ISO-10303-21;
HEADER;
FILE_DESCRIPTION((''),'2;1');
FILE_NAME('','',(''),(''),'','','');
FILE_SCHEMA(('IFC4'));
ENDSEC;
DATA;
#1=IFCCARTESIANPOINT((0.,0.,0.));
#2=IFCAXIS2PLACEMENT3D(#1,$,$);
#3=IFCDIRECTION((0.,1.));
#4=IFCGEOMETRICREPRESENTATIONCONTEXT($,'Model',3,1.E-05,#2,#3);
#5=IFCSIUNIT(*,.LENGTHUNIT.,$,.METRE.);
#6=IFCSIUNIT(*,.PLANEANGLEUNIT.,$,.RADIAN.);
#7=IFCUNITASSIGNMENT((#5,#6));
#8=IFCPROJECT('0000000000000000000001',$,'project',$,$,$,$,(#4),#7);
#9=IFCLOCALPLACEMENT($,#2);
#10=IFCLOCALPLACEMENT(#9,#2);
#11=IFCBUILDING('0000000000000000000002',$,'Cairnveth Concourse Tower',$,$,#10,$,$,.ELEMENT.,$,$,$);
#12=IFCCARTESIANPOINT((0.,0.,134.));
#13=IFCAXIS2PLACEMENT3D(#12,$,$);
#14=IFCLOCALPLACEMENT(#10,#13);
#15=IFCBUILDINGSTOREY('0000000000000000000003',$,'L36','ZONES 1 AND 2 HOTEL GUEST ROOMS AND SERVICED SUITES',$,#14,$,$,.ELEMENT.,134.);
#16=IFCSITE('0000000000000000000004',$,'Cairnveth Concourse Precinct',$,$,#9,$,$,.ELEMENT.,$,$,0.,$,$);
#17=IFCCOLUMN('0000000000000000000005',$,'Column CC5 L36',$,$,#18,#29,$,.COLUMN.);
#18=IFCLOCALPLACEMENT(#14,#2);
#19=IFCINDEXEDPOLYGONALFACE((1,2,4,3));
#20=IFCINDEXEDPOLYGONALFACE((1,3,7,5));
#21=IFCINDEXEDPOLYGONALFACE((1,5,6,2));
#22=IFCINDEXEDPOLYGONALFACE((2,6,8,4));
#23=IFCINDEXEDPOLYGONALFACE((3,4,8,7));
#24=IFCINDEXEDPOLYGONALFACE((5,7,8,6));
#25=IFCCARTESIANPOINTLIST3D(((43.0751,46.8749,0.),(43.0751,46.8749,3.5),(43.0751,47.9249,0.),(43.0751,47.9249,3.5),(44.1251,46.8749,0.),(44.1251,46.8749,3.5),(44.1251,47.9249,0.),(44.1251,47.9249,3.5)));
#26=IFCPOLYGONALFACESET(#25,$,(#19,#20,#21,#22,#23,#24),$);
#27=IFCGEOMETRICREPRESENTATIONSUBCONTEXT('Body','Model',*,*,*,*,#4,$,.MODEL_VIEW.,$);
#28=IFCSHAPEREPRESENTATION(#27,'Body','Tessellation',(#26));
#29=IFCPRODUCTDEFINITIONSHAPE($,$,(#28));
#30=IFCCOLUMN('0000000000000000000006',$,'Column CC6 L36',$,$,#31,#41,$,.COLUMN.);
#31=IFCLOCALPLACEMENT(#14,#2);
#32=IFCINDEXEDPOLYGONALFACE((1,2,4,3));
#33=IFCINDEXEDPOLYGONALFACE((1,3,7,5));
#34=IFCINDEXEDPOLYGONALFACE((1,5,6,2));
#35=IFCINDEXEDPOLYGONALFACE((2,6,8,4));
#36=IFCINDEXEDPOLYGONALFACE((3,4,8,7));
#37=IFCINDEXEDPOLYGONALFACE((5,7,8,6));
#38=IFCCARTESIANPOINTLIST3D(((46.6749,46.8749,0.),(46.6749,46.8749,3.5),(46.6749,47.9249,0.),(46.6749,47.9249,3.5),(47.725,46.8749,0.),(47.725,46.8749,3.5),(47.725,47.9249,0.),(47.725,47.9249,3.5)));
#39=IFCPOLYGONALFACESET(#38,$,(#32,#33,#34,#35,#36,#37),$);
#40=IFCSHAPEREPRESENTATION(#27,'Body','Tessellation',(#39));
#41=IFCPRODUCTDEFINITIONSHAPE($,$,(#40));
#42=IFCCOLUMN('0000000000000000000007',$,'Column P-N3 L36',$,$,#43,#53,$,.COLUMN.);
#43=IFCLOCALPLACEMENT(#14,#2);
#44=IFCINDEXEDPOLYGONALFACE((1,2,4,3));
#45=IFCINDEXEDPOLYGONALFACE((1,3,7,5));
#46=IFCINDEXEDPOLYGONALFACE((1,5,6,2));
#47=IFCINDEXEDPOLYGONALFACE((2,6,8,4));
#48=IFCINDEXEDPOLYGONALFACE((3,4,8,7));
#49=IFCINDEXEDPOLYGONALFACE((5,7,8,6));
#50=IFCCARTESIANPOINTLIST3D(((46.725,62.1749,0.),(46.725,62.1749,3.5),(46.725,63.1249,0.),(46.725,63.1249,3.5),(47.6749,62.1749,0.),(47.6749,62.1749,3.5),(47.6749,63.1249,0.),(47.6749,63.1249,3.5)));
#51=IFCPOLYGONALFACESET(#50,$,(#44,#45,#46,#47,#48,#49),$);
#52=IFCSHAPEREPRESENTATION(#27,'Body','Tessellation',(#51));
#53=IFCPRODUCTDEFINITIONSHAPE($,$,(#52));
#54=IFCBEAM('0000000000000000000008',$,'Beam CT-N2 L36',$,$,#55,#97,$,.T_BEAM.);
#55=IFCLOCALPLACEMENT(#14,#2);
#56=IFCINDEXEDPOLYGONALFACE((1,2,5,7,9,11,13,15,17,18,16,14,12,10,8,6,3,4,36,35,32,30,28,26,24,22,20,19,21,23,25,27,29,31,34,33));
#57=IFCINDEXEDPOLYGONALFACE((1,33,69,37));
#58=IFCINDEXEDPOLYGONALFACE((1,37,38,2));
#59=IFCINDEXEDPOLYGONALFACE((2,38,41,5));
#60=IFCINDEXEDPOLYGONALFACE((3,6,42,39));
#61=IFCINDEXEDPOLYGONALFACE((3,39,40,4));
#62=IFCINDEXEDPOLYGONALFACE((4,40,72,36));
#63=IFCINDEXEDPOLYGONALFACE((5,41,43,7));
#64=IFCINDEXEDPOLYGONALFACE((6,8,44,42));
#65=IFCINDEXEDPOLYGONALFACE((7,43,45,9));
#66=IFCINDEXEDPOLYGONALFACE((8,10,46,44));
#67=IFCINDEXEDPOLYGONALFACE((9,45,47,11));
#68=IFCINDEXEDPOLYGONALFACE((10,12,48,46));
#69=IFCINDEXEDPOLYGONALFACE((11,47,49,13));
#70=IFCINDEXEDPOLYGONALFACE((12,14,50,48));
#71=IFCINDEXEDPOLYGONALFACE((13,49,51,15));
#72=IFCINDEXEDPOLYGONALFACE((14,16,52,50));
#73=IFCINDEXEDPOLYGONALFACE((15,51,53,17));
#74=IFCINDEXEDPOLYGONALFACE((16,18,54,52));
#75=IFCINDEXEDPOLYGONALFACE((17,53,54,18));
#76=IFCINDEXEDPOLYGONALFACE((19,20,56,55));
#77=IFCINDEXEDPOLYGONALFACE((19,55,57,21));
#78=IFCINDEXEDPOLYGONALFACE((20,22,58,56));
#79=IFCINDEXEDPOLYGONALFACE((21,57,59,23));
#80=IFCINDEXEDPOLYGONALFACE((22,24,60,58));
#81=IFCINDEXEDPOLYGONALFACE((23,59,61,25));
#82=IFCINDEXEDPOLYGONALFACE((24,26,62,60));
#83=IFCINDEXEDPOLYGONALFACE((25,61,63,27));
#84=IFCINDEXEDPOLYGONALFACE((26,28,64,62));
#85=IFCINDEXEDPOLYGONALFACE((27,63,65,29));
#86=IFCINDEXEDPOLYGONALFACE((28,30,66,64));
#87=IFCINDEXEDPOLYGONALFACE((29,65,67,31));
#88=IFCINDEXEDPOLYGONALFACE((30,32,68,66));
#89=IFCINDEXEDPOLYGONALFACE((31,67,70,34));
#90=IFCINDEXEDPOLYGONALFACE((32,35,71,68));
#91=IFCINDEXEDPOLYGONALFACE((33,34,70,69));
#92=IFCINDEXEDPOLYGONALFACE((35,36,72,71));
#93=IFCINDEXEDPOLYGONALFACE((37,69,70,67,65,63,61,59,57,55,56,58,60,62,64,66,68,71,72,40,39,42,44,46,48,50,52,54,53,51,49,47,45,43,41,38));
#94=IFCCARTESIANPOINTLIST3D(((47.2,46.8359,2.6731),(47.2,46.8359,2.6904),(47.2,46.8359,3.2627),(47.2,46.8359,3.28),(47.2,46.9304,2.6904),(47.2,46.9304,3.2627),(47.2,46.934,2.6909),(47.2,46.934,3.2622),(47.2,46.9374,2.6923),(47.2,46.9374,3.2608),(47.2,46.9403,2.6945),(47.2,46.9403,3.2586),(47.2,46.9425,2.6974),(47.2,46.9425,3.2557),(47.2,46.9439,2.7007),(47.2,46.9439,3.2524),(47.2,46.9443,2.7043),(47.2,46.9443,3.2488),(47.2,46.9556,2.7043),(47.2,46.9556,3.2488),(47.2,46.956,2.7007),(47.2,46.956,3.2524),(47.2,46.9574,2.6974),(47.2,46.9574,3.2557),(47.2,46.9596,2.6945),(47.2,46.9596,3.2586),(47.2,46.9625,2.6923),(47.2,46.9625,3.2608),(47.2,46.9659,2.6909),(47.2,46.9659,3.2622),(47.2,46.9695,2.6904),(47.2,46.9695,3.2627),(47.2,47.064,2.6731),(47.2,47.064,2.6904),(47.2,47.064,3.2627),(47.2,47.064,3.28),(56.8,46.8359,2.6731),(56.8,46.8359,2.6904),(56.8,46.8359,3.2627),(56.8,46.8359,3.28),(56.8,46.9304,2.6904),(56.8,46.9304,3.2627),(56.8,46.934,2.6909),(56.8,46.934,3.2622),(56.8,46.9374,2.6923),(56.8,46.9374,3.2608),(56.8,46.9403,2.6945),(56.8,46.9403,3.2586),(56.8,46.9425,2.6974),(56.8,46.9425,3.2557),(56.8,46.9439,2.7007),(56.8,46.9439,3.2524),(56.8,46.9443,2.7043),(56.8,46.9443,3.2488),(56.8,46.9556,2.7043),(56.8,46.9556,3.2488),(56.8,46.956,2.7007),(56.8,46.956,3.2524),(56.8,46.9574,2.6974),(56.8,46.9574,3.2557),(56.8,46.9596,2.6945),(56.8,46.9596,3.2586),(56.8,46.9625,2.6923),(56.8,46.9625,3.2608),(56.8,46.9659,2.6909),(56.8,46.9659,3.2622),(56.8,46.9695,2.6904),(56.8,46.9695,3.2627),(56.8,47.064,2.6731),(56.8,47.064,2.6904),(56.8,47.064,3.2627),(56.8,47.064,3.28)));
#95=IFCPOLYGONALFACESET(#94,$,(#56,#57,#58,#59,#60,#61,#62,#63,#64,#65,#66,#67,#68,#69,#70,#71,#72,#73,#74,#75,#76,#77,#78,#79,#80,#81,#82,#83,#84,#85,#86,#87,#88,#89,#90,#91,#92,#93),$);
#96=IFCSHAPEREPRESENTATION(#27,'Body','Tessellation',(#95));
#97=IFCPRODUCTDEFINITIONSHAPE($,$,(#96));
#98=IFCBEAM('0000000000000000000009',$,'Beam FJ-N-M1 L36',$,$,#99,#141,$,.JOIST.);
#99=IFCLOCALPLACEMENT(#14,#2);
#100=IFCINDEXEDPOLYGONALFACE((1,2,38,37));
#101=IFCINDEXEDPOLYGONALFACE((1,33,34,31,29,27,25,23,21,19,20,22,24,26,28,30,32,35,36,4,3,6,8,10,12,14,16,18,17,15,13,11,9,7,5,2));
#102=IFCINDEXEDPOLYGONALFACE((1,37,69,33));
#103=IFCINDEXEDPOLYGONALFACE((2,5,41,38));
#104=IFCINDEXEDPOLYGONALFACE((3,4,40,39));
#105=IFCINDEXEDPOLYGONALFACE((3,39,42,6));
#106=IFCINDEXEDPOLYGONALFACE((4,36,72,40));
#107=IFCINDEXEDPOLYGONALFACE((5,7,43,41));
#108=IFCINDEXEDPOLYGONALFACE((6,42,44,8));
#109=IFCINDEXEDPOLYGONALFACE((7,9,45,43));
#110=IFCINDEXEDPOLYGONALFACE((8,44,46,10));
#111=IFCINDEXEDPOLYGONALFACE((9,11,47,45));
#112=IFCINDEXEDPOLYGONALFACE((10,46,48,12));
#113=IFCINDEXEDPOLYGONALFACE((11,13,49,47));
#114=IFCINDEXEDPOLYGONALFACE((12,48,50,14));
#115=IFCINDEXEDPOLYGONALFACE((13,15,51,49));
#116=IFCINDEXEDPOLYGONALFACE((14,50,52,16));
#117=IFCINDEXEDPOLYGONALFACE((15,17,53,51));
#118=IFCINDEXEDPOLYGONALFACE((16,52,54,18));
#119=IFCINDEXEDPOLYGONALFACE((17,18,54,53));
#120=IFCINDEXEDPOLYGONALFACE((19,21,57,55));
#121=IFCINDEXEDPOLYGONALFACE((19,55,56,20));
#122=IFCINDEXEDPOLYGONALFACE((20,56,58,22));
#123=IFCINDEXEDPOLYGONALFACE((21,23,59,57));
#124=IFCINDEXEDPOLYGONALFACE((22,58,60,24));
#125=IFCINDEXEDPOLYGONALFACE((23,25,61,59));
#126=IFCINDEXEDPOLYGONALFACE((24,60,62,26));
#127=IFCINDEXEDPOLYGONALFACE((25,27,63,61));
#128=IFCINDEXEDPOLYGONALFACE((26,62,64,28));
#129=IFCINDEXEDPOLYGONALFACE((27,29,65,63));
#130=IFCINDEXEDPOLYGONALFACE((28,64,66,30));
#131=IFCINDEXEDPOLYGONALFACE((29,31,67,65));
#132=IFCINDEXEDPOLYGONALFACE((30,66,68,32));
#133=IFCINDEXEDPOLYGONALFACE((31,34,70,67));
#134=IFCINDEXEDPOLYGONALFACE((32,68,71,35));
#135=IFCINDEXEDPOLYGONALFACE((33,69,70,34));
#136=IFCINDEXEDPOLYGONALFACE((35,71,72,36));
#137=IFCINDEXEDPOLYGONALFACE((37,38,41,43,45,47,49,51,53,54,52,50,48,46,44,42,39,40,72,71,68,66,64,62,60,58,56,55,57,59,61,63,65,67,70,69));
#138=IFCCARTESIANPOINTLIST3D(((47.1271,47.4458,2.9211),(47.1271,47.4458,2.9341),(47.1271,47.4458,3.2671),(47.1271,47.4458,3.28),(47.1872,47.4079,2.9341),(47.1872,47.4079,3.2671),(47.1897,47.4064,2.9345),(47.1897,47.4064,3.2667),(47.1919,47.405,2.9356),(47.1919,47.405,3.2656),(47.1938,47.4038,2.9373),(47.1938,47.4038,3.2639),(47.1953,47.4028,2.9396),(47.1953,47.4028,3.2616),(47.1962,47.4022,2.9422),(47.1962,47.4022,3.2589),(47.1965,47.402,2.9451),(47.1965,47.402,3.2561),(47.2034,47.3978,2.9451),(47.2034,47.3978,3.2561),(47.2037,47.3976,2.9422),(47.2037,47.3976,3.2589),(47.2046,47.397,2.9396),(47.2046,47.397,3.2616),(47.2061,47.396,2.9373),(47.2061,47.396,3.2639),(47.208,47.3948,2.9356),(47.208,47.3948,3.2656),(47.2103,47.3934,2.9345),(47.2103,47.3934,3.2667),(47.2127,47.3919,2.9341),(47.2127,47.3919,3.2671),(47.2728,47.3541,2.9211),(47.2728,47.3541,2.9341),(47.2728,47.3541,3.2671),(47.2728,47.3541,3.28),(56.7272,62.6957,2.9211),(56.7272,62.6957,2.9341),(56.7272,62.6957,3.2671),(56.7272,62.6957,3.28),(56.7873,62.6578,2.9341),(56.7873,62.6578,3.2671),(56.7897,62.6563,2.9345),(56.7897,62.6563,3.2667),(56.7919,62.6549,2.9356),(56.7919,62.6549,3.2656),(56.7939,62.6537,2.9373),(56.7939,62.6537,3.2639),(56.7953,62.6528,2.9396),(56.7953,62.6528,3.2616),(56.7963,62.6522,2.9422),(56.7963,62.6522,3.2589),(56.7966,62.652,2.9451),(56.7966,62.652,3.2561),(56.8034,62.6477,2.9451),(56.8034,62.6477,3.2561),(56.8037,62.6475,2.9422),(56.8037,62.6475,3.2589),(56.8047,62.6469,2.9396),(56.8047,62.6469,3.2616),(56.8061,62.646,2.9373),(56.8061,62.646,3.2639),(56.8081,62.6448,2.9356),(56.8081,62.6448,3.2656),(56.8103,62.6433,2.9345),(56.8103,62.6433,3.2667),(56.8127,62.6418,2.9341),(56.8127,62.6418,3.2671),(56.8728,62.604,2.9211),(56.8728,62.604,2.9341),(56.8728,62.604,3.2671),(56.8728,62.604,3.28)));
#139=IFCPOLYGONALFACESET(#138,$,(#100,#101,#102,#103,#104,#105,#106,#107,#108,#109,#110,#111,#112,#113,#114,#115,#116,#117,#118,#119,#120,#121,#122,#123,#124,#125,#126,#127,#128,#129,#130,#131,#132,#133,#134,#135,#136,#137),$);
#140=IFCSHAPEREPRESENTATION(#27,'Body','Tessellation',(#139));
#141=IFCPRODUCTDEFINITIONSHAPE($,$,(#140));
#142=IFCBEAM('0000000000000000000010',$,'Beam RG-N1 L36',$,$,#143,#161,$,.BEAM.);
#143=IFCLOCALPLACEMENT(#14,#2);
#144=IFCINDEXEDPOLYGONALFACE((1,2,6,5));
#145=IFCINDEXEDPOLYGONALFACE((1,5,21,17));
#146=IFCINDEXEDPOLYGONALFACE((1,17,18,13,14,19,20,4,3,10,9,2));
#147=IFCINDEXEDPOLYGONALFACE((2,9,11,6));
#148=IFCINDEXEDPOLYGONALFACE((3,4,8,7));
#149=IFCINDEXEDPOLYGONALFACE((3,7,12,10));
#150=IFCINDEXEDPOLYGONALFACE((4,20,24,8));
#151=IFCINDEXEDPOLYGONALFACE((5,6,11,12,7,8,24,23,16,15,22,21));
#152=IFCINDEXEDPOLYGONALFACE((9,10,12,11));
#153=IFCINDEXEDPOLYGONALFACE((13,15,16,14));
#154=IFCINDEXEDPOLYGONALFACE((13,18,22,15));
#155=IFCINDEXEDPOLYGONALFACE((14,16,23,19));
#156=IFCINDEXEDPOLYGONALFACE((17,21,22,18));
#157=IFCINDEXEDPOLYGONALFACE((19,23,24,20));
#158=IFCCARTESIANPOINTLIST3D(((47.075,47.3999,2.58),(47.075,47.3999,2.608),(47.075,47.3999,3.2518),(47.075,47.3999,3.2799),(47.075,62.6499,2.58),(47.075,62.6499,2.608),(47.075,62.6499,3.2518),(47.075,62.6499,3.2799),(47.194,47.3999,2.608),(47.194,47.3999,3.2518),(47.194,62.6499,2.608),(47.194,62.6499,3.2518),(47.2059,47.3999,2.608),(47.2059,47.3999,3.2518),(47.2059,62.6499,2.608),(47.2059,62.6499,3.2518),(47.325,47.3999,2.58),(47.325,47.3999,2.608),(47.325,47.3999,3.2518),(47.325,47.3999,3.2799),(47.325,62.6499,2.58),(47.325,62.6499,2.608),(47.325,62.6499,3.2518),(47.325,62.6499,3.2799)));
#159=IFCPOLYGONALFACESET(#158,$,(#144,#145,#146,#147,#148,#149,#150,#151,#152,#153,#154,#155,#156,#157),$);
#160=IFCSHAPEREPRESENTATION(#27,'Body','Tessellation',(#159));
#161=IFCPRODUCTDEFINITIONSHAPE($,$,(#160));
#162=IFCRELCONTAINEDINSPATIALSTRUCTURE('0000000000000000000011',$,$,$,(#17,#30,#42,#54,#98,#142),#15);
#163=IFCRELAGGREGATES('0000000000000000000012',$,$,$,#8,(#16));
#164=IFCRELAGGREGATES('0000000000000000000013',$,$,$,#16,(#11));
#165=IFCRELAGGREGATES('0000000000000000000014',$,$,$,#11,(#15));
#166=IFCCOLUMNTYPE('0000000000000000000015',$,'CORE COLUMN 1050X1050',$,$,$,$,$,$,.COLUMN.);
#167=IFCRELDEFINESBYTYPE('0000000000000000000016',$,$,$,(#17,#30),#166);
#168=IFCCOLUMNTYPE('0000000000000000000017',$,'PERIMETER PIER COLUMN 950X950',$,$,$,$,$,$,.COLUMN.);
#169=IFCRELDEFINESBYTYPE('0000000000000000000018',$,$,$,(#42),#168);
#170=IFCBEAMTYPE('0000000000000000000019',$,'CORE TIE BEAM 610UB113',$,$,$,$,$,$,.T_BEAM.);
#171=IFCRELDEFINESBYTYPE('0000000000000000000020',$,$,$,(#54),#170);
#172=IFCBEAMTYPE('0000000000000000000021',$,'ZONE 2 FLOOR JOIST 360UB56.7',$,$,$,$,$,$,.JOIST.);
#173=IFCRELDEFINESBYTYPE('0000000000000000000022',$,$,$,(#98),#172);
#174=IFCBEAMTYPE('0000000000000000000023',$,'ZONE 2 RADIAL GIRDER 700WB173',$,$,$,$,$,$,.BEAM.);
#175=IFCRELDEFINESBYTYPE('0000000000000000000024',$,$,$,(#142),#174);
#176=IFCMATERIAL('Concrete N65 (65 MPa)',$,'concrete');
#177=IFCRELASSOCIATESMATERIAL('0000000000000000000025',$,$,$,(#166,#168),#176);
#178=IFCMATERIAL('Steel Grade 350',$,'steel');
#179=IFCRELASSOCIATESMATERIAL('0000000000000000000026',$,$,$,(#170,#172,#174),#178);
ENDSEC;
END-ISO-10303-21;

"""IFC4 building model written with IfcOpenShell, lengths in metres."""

from ifc_helpers import new_model, si_unit, direction, frame, origin, origin_2d, place, context, subcontext, project, spatial, rectangle, i_section, extrude, material, material_profile, profile_set, type_object, element, save


model = new_model("IFC4")

# Units and contexts
model_context = context("Model", 3, precision=1e-05, world=origin(), true_north=direction((0.0, 1.0)))
body_context = subcontext(model_context, "Body", "Model", "MODEL_VIEW")
ifc_project = project(units=[si_unit("LENGTHUNIT", "METRE"), si_unit("PLANEANGLEUNIT", "RADIAN")], contexts=[model_context])

# Site, building, storey
site_placement = place(None, origin())
site = spatial("IfcSite", under=ifc_project, at=site_placement, Name="Cairnveth Concourse Precinct", CompositionType="ELEMENT", RefElevation=0.0)
building_placement = place(site_placement, origin())
building = spatial("IfcBuilding", under=site, at=building_placement, Name="Cairnveth Concourse Tower", CompositionType="ELEMENT")
storey_placement = place(building_placement, frame((0.0, 0.0, 134.0)))
storey = spatial("IfcBuildingStorey", under=building, at=storey_placement, Name="L36", Description="ZONES 1 AND 2 HOTEL GUEST ROOMS AND SERVICED SUITES", CompositionType="ELEMENT", Elevation=134.0)

# Columns
ifc_material_1 = material(Name="Concrete N65 (65 MPa)", Category="concrete")
ifc_material_profile_1 = material_profile(ifc_material_1, rectangle(XDim=1.05, YDim=1.05, at=origin_2d()), Name="RC-COL-1050x1050")
ifc_profile_set_1 = profile_set([ifc_material_profile_1], Name="Concrete N65 (65 MPa)")
column_type_1 = type_object("IfcColumnType", Name="CORE COLUMN 1050X1050", PredefinedType="COLUMN", material=ifc_profile_set_1)
for number, where, z_axis, x_axis, name in (
    (1, (43.6001, 47.3999, 0.0), (0.0, 0.0, 1.0), (1.0, 0.0, 0.0), "Column CC5 L36"),
    (2, (47.2, 47.3999, 0.0), (0.0, 0.0, 1.0), (1.0, 0.0, 0.0), "Column CC6 L36"),
):
    element("IfcColumn", number, at=place(storey_placement, frame(where, z_axis=z_axis, x_axis=x_axis)), inside=storey, type_object=column_type_1, Name=name, PredefinedType="COLUMN", context=body_context, shape_type="SweptSolid", body=[
        extrude(rectangle(XDim=1.05, YDim=1.05, at=origin_2d()), origin(), (0.0, 0.0, 1.0), 3.5),
    ])
ifc_material_profile_2 = material_profile(ifc_material_1, rectangle(XDim=0.95, YDim=0.95, at=origin_2d()), Name="RC-COL-950x950")
ifc_profile_set_2 = profile_set([ifc_material_profile_2], Name="Concrete N65 (65 MPa)")
column_type_2 = type_object("IfcColumnType", Name="PERIMETER PIER COLUMN 950X950", PredefinedType="COLUMN", material=ifc_profile_set_2)
column_placement = place(storey_placement, frame((47.2, 62.6499, 0.0), z_axis=(0.0, 0.0, 1.0), x_axis=(1.0, 0.0, 0.0)))
element("IfcColumn", 3, at=column_placement, inside=storey, type_object=column_type_2, Name="Column P-N3 L36", PredefinedType="COLUMN", context=body_context, shape_type="SweptSolid", body=[
    extrude(rectangle(XDim=0.95, YDim=0.95, at=origin_2d()), origin(), (0.0, 0.0, 1.0), 3.5),
])

# Beams
ifc_material_2 = material(Name="Steel Grade 350", Category="steel")
ifc_material_profile_3 = material_profile(ifc_material_2, i_section(OverallWidth=0.228, OverallDepth=0.6069, WebThickness=0.0112, FlangeThickness=0.0173, FilletRadius=0.0139, at=origin_2d()), Name="610UB113")
ifc_profile_set_3 = profile_set([ifc_material_profile_3], Name="Steel Grade 350")
beam_type_1 = type_object("IfcBeamType", Name="CORE TIE BEAM 610UB113", PredefinedType="T_BEAM", material=ifc_profile_set_3)
beam_1_placement = place(storey_placement, frame((47.2, 46.95, 2.9766), z_axis=(1.0, 0.0, 0.0), x_axis=(0.0, 1.0, 0.0)))
element("IfcBeam", 4, at=beam_1_placement, inside=storey, type_object=beam_type_1, Name="Beam CT-N2 L36", PredefinedType="T_BEAM", context=body_context, shape_type="SweptSolid", body=[
    extrude(i_section(OverallWidth=0.228, OverallDepth=0.6069, WebThickness=0.0112, FlangeThickness=0.0173, FilletRadius=0.0139, at=origin_2d()), origin(), (0.0, 0.0, 1.0), 9.6001),
])
ifc_material_profile_4 = material_profile(ifc_material_2, i_section(OverallWidth=0.1721, OverallDepth=0.3589, WebThickness=0.0081, FlangeThickness=0.0129, FilletRadius=0.011, at=origin_2d()), Name="360UB56.7")
ifc_profile_set_4 = profile_set([ifc_material_profile_4], Name="Steel Grade 350")
beam_type_2 = type_object("IfcBeamType", Name="ZONE 2 FLOOR JOIST 360UB56.7", PredefinedType="JOIST", material=ifc_profile_set_4)
beam_2_placement = place(storey_placement, frame((47.2, 47.3999, 3.1006), z_axis=(0.532744, 0.846277, 0.0), x_axis=(-0.846277, 0.532744, 0.0)))
element("IfcBeam", 5, at=beam_2_placement, inside=storey, type_object=beam_type_2, Name="Beam FJ-N-M1 L36", PredefinedType="JOIST", context=body_context, shape_type="SweptSolid", body=[
    extrude(i_section(OverallWidth=0.1721, OverallDepth=0.3589, WebThickness=0.0081, FlangeThickness=0.0129, FilletRadius=0.011, at=origin_2d()), origin(), (0.0, 0.0, 1.0), 18.02),
])
ifc_material_profile_5 = material_profile(ifc_material_2, i_section(OverallWidth=0.25, OverallDepth=0.7, WebThickness=0.012, FlangeThickness=0.0281, at=origin_2d()), Name="700WB173")
ifc_profile_set_5 = profile_set([ifc_material_profile_5], Name="Steel Grade 350")
beam_type_3 = type_object("IfcBeamType", Name="ZONE 2 RADIAL GIRDER 700WB173", PredefinedType="BEAM", material=ifc_profile_set_5)
beam_3_placement = place(storey_placement, frame((47.2, 47.3999, 2.9299), z_axis=(0.0, 1.0, 0.0), x_axis=(-1.0, 0.0, 0.0)))
element("IfcBeam", 6, at=beam_3_placement, inside=storey, type_object=beam_type_3, Name="Beam RG-N1 L36", PredefinedType="BEAM", context=body_context, shape_type="SweptSolid", body=[
    extrude(i_section(OverallWidth=0.25, OverallDepth=0.7, WebThickness=0.012, FlangeThickness=0.0281, at=origin_2d()), origin(), (0.0, 0.0, 1.0), 15.25),
])

save(model, "model.ifc")
